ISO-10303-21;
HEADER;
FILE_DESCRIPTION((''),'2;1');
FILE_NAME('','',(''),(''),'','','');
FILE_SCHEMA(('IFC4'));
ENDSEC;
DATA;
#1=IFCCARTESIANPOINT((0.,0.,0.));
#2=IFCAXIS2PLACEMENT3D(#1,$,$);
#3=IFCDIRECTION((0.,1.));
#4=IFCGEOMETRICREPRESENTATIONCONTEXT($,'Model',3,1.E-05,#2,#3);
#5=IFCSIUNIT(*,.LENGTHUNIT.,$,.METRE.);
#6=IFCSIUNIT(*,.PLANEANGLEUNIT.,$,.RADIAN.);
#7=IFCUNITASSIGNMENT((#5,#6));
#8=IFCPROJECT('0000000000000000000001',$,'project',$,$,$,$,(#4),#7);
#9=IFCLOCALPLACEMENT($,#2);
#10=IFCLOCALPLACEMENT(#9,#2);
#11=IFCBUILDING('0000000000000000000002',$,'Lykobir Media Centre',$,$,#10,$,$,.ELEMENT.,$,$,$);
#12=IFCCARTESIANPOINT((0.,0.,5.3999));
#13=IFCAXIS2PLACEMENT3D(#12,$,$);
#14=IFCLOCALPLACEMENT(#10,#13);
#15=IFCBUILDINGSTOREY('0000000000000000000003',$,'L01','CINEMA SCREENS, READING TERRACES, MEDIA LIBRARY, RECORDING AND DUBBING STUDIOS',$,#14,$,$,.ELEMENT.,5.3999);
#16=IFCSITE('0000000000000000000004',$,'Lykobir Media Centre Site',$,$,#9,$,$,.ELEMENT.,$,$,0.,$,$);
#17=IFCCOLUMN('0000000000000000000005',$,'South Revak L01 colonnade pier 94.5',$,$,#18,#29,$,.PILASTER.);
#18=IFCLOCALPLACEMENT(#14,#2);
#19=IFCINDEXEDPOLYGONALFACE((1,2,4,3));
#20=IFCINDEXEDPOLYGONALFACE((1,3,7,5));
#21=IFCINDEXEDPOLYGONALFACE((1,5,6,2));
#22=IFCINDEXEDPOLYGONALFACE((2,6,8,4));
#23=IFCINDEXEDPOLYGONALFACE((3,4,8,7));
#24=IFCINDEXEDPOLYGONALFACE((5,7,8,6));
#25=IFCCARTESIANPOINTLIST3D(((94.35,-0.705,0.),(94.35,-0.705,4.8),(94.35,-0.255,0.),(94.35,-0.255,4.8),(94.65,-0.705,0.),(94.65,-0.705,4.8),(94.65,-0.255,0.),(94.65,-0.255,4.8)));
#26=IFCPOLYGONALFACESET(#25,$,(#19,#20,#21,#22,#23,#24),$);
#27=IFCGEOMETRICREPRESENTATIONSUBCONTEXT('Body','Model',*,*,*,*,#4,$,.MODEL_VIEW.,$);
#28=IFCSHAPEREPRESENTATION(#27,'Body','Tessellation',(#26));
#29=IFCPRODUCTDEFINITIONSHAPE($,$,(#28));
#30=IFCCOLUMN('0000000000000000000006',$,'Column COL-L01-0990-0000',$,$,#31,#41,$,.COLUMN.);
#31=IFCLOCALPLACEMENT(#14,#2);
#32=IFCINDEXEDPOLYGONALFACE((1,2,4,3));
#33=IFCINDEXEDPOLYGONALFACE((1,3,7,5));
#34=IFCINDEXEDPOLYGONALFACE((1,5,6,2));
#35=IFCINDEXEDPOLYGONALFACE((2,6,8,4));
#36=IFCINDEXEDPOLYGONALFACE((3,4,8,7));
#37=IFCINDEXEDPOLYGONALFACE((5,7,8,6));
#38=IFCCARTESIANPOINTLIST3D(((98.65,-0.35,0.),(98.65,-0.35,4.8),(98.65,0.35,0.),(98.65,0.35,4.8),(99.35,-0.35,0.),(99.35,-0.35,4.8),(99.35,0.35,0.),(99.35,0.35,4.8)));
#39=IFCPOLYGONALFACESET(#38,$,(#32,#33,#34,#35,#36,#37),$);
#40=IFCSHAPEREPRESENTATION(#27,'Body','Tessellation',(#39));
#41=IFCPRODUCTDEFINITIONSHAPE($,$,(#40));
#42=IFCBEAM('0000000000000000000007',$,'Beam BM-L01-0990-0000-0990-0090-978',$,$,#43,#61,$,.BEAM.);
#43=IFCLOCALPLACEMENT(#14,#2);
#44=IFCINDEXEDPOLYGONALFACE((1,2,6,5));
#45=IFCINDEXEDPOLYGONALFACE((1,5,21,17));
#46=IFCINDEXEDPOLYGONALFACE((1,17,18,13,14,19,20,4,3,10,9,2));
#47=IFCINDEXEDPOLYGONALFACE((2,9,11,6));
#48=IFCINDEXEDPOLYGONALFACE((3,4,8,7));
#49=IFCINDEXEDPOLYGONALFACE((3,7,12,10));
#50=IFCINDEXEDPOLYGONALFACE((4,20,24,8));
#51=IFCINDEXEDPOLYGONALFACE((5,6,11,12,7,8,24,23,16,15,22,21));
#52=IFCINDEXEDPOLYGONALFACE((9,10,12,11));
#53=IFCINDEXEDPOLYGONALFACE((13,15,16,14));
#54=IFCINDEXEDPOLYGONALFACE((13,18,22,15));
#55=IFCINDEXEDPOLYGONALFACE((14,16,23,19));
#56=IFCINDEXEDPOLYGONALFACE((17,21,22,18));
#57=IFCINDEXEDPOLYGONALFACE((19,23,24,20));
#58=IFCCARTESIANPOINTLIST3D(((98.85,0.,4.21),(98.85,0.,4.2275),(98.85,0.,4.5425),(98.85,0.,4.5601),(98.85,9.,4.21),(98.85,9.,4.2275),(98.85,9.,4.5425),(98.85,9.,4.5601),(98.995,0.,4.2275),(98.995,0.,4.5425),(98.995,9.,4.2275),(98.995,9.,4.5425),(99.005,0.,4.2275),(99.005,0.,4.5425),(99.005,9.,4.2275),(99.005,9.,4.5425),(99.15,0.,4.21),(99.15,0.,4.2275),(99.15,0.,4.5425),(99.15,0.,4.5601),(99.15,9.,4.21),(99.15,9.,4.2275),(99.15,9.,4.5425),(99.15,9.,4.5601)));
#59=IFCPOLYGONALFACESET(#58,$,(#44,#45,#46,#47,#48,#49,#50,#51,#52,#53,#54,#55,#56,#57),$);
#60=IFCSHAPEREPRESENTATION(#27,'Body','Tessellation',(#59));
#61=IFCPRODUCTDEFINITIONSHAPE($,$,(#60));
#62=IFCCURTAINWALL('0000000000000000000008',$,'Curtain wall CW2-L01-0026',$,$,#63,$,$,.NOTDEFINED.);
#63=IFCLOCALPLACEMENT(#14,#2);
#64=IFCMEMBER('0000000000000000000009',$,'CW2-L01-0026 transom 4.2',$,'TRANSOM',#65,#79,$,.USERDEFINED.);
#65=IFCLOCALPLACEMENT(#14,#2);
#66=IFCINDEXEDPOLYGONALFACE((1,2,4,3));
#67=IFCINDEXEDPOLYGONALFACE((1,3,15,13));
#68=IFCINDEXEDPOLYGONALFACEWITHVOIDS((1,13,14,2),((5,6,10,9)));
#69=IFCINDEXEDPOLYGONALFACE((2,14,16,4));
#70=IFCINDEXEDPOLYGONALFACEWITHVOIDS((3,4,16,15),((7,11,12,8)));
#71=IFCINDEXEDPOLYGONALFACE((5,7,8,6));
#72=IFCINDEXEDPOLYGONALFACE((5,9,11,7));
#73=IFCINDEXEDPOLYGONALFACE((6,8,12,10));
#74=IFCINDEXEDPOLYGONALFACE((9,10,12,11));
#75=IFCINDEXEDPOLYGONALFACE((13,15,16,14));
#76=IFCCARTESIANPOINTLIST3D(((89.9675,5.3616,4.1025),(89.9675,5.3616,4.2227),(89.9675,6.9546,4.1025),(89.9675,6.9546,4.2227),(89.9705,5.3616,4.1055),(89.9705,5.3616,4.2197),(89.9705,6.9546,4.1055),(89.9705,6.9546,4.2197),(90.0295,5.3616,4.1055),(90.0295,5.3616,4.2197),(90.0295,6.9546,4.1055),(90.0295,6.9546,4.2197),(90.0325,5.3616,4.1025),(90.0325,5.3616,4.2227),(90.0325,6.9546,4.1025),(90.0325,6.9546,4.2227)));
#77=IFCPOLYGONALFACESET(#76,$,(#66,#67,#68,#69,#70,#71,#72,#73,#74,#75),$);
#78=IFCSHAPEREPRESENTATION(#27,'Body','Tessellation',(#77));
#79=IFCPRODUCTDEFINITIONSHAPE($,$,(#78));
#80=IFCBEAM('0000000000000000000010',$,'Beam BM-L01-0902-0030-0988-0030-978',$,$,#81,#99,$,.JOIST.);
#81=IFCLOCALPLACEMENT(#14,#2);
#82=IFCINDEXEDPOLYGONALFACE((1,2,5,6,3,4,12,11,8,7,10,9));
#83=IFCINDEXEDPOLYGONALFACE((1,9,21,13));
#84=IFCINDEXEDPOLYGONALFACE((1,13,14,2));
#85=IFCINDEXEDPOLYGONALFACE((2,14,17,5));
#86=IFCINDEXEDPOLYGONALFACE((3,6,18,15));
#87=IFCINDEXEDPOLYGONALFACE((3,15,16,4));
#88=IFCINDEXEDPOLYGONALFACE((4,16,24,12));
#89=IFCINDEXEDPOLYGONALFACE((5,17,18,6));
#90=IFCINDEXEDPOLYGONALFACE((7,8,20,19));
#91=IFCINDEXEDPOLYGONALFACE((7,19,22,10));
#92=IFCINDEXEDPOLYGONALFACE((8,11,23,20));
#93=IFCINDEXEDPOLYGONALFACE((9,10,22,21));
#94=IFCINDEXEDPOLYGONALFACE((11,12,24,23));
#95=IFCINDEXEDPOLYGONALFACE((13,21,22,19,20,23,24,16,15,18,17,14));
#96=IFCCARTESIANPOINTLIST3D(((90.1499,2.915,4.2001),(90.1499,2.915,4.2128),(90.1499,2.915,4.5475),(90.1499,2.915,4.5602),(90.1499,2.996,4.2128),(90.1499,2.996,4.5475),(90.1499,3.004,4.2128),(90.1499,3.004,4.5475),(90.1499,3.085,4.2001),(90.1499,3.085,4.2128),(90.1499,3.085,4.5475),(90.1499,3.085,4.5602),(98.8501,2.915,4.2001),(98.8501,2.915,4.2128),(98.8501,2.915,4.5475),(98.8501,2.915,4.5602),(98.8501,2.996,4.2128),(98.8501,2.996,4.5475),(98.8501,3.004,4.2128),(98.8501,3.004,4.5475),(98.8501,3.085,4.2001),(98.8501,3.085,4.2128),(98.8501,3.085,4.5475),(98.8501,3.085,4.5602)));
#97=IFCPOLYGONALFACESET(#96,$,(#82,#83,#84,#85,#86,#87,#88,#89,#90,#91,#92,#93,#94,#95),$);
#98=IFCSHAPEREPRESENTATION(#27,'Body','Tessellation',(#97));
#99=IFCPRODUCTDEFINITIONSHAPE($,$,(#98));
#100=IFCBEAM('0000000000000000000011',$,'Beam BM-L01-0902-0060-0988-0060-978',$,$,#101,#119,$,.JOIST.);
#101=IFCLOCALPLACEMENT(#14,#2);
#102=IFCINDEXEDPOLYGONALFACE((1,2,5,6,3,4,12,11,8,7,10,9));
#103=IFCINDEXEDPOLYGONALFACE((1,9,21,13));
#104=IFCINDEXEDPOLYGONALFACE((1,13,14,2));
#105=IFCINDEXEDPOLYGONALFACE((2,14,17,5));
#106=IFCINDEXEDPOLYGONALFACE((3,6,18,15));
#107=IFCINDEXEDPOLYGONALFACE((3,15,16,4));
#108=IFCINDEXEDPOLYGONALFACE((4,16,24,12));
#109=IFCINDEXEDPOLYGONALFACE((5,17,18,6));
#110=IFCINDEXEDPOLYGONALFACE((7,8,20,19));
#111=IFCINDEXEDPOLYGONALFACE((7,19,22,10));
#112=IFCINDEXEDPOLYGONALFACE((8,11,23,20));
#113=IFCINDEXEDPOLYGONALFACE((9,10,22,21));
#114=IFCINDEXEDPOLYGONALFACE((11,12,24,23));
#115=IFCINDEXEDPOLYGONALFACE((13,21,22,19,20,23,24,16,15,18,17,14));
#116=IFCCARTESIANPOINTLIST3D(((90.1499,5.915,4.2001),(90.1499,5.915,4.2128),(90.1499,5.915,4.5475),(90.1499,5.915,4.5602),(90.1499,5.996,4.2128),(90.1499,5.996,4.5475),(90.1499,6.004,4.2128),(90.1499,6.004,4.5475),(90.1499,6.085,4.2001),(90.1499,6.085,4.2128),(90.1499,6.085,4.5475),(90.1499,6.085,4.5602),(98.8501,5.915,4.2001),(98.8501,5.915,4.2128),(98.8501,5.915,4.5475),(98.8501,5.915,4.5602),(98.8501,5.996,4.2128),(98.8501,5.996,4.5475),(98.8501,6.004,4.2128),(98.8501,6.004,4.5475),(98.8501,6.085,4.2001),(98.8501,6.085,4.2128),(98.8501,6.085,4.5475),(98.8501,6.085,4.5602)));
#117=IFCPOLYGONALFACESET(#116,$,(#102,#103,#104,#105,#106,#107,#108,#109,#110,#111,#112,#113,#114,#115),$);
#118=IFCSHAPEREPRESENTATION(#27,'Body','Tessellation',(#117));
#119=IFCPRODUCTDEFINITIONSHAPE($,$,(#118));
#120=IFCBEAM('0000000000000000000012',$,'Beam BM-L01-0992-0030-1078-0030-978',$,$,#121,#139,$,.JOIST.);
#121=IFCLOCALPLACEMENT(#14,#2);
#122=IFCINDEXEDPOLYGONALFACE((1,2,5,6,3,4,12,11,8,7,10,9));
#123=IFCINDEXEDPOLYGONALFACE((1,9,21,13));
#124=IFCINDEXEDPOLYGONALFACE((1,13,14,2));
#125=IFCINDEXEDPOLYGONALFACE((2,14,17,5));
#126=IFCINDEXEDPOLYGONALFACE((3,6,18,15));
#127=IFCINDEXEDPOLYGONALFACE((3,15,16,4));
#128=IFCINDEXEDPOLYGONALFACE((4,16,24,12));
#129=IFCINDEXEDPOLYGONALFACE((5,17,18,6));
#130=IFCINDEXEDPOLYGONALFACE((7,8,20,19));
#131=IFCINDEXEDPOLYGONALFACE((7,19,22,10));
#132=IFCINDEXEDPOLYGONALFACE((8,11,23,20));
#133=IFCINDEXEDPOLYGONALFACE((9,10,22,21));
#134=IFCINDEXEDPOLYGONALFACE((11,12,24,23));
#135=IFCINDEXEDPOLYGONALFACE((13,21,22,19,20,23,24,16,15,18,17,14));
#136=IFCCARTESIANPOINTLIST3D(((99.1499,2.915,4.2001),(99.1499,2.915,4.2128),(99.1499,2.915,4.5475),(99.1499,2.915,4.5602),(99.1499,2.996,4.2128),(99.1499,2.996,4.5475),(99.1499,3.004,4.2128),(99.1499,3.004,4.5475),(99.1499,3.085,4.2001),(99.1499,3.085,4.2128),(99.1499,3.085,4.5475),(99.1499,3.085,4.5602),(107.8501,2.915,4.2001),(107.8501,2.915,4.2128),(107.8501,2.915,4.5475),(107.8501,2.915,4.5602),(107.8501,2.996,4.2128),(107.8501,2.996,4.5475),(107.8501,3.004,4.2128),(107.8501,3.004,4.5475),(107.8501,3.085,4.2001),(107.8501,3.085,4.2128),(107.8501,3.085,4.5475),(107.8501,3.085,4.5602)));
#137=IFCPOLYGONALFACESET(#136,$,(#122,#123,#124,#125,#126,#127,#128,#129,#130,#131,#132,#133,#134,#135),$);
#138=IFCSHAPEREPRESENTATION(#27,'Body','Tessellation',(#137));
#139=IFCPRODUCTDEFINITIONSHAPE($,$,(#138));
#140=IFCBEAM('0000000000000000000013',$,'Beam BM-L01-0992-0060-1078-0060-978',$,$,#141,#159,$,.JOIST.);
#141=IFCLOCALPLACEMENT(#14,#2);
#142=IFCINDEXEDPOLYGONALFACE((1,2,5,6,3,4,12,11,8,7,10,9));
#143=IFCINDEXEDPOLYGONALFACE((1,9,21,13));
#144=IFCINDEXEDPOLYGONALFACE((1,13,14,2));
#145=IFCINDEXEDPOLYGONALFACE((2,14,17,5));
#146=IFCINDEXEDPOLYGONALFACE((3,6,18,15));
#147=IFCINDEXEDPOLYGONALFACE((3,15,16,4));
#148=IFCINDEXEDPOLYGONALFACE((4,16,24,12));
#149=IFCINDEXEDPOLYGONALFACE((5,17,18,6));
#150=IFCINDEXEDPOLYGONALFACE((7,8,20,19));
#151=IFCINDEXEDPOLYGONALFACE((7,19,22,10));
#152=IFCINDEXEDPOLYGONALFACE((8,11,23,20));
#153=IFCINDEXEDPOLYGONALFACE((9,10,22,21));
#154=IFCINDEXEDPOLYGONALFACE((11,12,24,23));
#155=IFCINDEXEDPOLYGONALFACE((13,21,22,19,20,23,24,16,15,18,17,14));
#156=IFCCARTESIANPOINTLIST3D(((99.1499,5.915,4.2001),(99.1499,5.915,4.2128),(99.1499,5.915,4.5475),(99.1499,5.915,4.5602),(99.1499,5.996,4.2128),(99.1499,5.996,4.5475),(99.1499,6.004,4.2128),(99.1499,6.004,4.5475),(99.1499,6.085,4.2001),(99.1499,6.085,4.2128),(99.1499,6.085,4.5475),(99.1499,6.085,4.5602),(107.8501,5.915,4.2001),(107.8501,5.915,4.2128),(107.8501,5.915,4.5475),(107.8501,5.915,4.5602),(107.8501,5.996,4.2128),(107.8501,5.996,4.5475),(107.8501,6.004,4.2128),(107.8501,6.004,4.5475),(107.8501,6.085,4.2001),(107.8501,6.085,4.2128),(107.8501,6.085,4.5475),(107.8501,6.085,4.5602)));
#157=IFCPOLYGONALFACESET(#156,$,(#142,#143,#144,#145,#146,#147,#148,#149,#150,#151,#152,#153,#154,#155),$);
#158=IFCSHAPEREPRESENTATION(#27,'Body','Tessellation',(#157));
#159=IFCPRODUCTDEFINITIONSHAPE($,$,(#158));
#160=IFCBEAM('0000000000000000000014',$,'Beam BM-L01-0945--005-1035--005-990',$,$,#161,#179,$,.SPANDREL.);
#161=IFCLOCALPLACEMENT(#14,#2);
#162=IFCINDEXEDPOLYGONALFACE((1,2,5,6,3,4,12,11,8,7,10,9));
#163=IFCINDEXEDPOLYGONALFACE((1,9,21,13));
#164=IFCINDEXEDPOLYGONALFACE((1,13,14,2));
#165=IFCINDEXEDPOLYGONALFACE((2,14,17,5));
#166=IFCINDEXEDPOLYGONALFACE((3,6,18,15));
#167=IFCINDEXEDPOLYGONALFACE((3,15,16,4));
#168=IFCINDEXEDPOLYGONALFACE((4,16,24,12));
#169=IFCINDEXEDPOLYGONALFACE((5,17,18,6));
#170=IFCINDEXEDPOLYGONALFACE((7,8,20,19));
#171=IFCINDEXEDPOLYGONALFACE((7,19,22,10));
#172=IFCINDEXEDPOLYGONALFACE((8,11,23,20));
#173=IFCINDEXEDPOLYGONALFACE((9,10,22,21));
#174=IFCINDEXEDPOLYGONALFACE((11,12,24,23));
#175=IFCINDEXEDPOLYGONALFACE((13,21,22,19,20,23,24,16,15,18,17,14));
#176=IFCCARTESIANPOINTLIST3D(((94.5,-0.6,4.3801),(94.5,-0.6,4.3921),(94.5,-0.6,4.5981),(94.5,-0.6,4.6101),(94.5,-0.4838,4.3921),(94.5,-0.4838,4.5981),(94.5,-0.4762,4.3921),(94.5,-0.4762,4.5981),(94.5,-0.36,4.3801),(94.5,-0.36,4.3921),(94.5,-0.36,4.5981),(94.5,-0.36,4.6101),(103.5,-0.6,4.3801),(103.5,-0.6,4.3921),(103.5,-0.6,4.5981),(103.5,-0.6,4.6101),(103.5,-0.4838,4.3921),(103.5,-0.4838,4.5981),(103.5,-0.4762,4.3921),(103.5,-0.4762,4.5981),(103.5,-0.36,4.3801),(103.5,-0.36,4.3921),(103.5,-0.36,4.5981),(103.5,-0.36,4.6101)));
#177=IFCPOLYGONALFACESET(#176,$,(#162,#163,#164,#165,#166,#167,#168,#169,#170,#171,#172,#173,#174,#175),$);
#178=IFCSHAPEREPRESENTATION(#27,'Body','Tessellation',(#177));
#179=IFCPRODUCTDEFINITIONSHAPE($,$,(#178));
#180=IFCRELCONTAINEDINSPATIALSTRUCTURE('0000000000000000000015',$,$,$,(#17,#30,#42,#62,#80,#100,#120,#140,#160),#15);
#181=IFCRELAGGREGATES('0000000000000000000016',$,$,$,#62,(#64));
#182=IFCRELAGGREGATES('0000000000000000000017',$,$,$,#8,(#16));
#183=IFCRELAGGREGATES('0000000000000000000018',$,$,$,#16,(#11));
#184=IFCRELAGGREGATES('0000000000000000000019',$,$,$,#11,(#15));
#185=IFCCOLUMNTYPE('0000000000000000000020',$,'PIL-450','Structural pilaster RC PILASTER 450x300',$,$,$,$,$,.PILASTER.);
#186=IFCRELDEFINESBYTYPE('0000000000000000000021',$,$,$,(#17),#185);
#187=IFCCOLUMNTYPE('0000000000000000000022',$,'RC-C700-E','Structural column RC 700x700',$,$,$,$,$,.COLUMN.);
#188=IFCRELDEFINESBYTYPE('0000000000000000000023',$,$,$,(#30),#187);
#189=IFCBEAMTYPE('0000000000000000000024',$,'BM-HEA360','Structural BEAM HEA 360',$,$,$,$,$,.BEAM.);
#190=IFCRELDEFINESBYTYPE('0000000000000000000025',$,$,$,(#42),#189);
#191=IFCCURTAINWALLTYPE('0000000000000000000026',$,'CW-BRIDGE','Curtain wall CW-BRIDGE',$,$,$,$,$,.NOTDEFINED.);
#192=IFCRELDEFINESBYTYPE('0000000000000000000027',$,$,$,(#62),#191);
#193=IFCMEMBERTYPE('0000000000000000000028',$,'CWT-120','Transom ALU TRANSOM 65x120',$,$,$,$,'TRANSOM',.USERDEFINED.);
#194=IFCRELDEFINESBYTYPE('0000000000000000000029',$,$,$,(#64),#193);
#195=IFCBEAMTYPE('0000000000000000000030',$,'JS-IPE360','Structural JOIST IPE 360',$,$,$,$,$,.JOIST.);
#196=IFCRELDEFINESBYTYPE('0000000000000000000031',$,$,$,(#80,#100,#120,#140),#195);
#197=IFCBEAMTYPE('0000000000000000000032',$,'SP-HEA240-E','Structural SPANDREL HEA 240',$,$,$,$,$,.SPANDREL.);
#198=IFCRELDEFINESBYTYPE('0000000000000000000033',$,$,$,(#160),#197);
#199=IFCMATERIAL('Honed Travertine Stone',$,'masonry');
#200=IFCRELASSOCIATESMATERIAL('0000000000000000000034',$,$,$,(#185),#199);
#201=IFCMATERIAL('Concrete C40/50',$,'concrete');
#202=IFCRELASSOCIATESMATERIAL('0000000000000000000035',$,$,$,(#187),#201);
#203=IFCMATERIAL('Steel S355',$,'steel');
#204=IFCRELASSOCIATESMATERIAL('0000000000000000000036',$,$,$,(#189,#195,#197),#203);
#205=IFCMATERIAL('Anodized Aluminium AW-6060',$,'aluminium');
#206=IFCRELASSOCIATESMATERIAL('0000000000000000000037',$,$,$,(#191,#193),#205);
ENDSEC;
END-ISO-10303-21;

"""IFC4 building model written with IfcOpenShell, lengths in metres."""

from ifc_helpers import new_model, si_unit, direction, frame, origin, origin_2d, place, context, subcontext, project, spatial, rectangle, hollow_rectangle, i_section, extrude, material, material_profile, profile_set, type_object, element, aggregate, save


model = new_model("IFC4")

# Units and contexts
model_context = context("Model", 3, precision=1e-05, world=origin(), true_north=direction((0.0, 1.0)))
body_context = subcontext(model_context, "Body", "Model", "MODEL_VIEW")
ifc_project = project(units=[si_unit("LENGTHUNIT", "METRE"), si_unit("PLANEANGLEUNIT", "RADIAN")], contexts=[model_context])

# Site, building, storey
site_placement = place(None, origin())
site = spatial("IfcSite", under=ifc_project, at=site_placement, Name="Lykobir Media Centre Site", CompositionType="ELEMENT", RefElevation=0.0)
building_placement = place(site_placement, origin())
building = spatial("IfcBuilding", under=site, at=building_placement, Name="Lykobir Media Centre", CompositionType="ELEMENT")
storey_placement = place(building_placement, frame((0.0, 0.0, 5.3999)))
storey = spatial("IfcBuildingStorey", under=building, at=storey_placement, Name="L01", Description="CINEMA SCREENS, READING TERRACES, MEDIA LIBRARY, RECORDING AND DUBBING STUDIOS", CompositionType="ELEMENT", Elevation=5.3999)

# Columns
ifc_material_1 = material(Name="Honed Travertine Stone", Category="masonry")
ifc_material_profile_1 = material_profile(ifc_material_1, rectangle(XDim=0.3, YDim=0.45, at=origin_2d()), Name="RC PILASTER 450x300")
ifc_profile_set_1 = profile_set([ifc_material_profile_1], Name="Honed Travertine Stone")
column_type_1 = type_object("IfcColumnType", Name="PIL-450", Description="Structural pilaster RC PILASTER 450x300", PredefinedType="PILASTER", material=ifc_profile_set_1)
column_1_placement = place(storey_placement, frame((94.5, -0.48, 0.0), z_axis=(0.0, 0.0, 1.0), x_axis=(1.0, 0.0, 0.0)))
element("IfcColumn", 1, at=column_1_placement, inside=storey, type_object=column_type_1, Name="South Revak L01 colonnade pier 94.5", PredefinedType="PILASTER", context=body_context, shape_type="SweptSolid", body=[
    extrude(rectangle(XDim=0.3, YDim=0.45, at=origin_2d()), origin(), (0.0, 0.0, 1.0), 4.8),
])
ifc_material_2 = material(Name="Concrete C40/50", Category="concrete")
ifc_material_profile_2 = material_profile(ifc_material_2, rectangle(XDim=0.7, YDim=0.7, at=origin_2d()), Name="RC 700x700")
ifc_profile_set_2 = profile_set([ifc_material_profile_2], Name="Concrete C40/50")
column_type_2 = type_object("IfcColumnType", Name="RC-C700-E", Description="Structural column RC 700x700", PredefinedType="COLUMN", material=ifc_profile_set_2)
column_2_placement = place(storey_placement, frame((99.0, 0.0, 0.0), z_axis=(0.0, 0.0, 1.0), x_axis=(1.0, 0.0, 0.0)))
element("IfcColumn", 2, at=column_2_placement, inside=storey, type_object=column_type_2, Name="Column COL-L01-0990-0000", PredefinedType="COLUMN", context=body_context, shape_type="SweptSolid", body=[
    extrude(rectangle(XDim=0.7, YDim=0.7, at=origin_2d()), origin(), (0.0, 0.0, 1.0), 4.8),
])

# Beam
ifc_material_3 = material(Name="Steel S355", Category="steel")
ifc_material_profile_3 = material_profile(ifc_material_3, i_section(OverallWidth=0.3, OverallDepth=0.3501, WebThickness=0.01, FlangeThickness=0.0176, at=origin_2d()), Name="HEA 360")
ifc_profile_set_3 = profile_set([ifc_material_profile_3], Name="Steel S355")
beam_type_1 = type_object("IfcBeamType", Name="BM-HEA360", Description="Structural BEAM HEA 360", PredefinedType="BEAM", material=ifc_profile_set_3)
beam_1_placement = place(storey_placement, frame((99.0, 0.0, 4.385), z_axis=(0.0, 1.0, 0.0), x_axis=(-1.0, 0.0, 0.0)))
element("IfcBeam", 3, at=beam_1_placement, inside=storey, type_object=beam_type_1, Name="Beam BM-L01-0990-0000-0990-0090-978", PredefinedType="BEAM", context=body_context, shape_type="SweptSolid", body=[
    extrude(i_section(OverallWidth=0.3, OverallDepth=0.3501, WebThickness=0.01, FlangeThickness=0.0176, at=origin_2d()), origin(), (0.0, 0.0, 1.0), 9.0),
])

# Curtain wall, member
ifc_material_4 = material(Name="Anodized Aluminium AW-6060", Category="aluminium")
curtain_wall_type = type_object("IfcCurtainWallType", Name="CW-BRIDGE", Description="Curtain wall CW-BRIDGE", PredefinedType="NOTDEFINED", material=ifc_material_4)
curtain_wall_placement = place(storey_placement, origin())
curtain_wall = element("IfcCurtainWall", 4, at=curtain_wall_placement, inside=storey, type_object=curtain_wall_type, Name="Curtain wall CW2-L01-0026", PredefinedType="NOTDEFINED")
ifc_material_profile_4 = material_profile(ifc_material_4, hollow_rectangle(XDim=0.0649, YDim=0.1201, WallThickness=0.0029, at=origin_2d()), Name="ALU TRANSOM 65x120")
ifc_profile_set_4 = profile_set([ifc_material_profile_4], Name="Anodized Aluminium AW-6060")
member_type = type_object("IfcMemberType", Name="CWT-120", Description="Transom ALU TRANSOM 65x120", ElementType="TRANSOM", PredefinedType="USERDEFINED", material=ifc_profile_set_4)
member_placement = place(storey_placement, frame((90.0, 5.3616, 4.1626), z_axis=(0.0, 1.0, 0.0), x_axis=(-1.0, 0.0, 0.0)))
member = element("IfcMember", 5, at=member_placement, type_object=member_type, Name="CW2-L01-0026 transom 4.2", ObjectType="TRANSOM", PredefinedType="USERDEFINED", context=body_context, shape_type="SweptSolid", body=[
    extrude(hollow_rectangle(XDim=0.0649, YDim=0.1201, WallThickness=0.0029, at=origin_2d()), origin(), (0.0, 0.0, 1.0), 1.593),
])

# Beams
ifc_material_profile_5 = material_profile(ifc_material_3, i_section(OverallWidth=0.1699, OverallDepth=0.3601, WebThickness=0.0081, FlangeThickness=0.0127, at=origin_2d()), Name="IPE 360")
ifc_profile_set_5 = profile_set([ifc_material_profile_5], Name="Steel S355")
beam_type_2 = type_object("IfcBeamType", Name="JS-IPE360", Description="Structural JOIST IPE 360", PredefinedType="JOIST", material=ifc_profile_set_5)
for number, where, z_axis, x_axis, name in (
    (6, (90.1499, 3.0, 4.3801), (1.0, 0.0, 0.0), (0.0, 1.0, 0.0), "Beam BM-L01-0902-0030-0988-0030-978"),
    (7, (90.1499, 6.0, 4.3801), (1.0, 0.0, 0.0), (0.0, 1.0, 0.0), "Beam BM-L01-0902-0060-0988-0060-978"),
    (8, (99.1499, 3.0, 4.3801), (1.0, 0.0, 0.0), (0.0, 1.0, 0.0), "Beam BM-L01-0992-0030-1078-0030-978"),
    (9, (99.1499, 6.0, 4.3801), (1.0, 0.0, 0.0), (0.0, 1.0, 0.0), "Beam BM-L01-0992-0060-1078-0060-978"),
):
    element("IfcBeam", number, at=place(storey_placement, frame(where, z_axis=z_axis, x_axis=x_axis)), inside=storey, type_object=beam_type_2, Name=name, PredefinedType="JOIST", context=body_context, shape_type="SweptSolid", body=[
        extrude(i_section(OverallWidth=0.1699, OverallDepth=0.3601, WebThickness=0.0081, FlangeThickness=0.0127, at=origin_2d()), origin(), (0.0, 0.0, 1.0), 8.7002),
    ])
ifc_material_profile_6 = material_profile(ifc_material_3, i_section(OverallWidth=0.24, OverallDepth=0.23, WebThickness=0.0076, FlangeThickness=0.012, at=origin_2d()), Name="HEA 240")
ifc_profile_set_6 = profile_set([ifc_material_profile_6], Name="Steel S355")
beam_type_3 = type_object("IfcBeamType", Name="SP-HEA240-E", Description="Structural SPANDREL HEA 240", PredefinedType="SPANDREL", material=ifc_profile_set_6)
beam_2_placement = place(storey_placement, frame((94.5, -0.48, 4.4951), z_axis=(1.0, 0.0, 0.0), x_axis=(0.0, 1.0, 0.0)))
element("IfcBeam", 10, at=beam_2_placement, inside=storey, type_object=beam_type_3, Name="Beam BM-L01-0945--005-1035--005-990", PredefinedType="SPANDREL", context=body_context, shape_type="SweptSolid", body=[
    extrude(i_section(OverallWidth=0.24, OverallDepth=0.23, WebThickness=0.0076, FlangeThickness=0.012, at=origin_2d()), origin(), (0.0, 0.0, 1.0), 9.0),
])

aggregate(curtain_wall, [member])

save(model, "model.ifc")
